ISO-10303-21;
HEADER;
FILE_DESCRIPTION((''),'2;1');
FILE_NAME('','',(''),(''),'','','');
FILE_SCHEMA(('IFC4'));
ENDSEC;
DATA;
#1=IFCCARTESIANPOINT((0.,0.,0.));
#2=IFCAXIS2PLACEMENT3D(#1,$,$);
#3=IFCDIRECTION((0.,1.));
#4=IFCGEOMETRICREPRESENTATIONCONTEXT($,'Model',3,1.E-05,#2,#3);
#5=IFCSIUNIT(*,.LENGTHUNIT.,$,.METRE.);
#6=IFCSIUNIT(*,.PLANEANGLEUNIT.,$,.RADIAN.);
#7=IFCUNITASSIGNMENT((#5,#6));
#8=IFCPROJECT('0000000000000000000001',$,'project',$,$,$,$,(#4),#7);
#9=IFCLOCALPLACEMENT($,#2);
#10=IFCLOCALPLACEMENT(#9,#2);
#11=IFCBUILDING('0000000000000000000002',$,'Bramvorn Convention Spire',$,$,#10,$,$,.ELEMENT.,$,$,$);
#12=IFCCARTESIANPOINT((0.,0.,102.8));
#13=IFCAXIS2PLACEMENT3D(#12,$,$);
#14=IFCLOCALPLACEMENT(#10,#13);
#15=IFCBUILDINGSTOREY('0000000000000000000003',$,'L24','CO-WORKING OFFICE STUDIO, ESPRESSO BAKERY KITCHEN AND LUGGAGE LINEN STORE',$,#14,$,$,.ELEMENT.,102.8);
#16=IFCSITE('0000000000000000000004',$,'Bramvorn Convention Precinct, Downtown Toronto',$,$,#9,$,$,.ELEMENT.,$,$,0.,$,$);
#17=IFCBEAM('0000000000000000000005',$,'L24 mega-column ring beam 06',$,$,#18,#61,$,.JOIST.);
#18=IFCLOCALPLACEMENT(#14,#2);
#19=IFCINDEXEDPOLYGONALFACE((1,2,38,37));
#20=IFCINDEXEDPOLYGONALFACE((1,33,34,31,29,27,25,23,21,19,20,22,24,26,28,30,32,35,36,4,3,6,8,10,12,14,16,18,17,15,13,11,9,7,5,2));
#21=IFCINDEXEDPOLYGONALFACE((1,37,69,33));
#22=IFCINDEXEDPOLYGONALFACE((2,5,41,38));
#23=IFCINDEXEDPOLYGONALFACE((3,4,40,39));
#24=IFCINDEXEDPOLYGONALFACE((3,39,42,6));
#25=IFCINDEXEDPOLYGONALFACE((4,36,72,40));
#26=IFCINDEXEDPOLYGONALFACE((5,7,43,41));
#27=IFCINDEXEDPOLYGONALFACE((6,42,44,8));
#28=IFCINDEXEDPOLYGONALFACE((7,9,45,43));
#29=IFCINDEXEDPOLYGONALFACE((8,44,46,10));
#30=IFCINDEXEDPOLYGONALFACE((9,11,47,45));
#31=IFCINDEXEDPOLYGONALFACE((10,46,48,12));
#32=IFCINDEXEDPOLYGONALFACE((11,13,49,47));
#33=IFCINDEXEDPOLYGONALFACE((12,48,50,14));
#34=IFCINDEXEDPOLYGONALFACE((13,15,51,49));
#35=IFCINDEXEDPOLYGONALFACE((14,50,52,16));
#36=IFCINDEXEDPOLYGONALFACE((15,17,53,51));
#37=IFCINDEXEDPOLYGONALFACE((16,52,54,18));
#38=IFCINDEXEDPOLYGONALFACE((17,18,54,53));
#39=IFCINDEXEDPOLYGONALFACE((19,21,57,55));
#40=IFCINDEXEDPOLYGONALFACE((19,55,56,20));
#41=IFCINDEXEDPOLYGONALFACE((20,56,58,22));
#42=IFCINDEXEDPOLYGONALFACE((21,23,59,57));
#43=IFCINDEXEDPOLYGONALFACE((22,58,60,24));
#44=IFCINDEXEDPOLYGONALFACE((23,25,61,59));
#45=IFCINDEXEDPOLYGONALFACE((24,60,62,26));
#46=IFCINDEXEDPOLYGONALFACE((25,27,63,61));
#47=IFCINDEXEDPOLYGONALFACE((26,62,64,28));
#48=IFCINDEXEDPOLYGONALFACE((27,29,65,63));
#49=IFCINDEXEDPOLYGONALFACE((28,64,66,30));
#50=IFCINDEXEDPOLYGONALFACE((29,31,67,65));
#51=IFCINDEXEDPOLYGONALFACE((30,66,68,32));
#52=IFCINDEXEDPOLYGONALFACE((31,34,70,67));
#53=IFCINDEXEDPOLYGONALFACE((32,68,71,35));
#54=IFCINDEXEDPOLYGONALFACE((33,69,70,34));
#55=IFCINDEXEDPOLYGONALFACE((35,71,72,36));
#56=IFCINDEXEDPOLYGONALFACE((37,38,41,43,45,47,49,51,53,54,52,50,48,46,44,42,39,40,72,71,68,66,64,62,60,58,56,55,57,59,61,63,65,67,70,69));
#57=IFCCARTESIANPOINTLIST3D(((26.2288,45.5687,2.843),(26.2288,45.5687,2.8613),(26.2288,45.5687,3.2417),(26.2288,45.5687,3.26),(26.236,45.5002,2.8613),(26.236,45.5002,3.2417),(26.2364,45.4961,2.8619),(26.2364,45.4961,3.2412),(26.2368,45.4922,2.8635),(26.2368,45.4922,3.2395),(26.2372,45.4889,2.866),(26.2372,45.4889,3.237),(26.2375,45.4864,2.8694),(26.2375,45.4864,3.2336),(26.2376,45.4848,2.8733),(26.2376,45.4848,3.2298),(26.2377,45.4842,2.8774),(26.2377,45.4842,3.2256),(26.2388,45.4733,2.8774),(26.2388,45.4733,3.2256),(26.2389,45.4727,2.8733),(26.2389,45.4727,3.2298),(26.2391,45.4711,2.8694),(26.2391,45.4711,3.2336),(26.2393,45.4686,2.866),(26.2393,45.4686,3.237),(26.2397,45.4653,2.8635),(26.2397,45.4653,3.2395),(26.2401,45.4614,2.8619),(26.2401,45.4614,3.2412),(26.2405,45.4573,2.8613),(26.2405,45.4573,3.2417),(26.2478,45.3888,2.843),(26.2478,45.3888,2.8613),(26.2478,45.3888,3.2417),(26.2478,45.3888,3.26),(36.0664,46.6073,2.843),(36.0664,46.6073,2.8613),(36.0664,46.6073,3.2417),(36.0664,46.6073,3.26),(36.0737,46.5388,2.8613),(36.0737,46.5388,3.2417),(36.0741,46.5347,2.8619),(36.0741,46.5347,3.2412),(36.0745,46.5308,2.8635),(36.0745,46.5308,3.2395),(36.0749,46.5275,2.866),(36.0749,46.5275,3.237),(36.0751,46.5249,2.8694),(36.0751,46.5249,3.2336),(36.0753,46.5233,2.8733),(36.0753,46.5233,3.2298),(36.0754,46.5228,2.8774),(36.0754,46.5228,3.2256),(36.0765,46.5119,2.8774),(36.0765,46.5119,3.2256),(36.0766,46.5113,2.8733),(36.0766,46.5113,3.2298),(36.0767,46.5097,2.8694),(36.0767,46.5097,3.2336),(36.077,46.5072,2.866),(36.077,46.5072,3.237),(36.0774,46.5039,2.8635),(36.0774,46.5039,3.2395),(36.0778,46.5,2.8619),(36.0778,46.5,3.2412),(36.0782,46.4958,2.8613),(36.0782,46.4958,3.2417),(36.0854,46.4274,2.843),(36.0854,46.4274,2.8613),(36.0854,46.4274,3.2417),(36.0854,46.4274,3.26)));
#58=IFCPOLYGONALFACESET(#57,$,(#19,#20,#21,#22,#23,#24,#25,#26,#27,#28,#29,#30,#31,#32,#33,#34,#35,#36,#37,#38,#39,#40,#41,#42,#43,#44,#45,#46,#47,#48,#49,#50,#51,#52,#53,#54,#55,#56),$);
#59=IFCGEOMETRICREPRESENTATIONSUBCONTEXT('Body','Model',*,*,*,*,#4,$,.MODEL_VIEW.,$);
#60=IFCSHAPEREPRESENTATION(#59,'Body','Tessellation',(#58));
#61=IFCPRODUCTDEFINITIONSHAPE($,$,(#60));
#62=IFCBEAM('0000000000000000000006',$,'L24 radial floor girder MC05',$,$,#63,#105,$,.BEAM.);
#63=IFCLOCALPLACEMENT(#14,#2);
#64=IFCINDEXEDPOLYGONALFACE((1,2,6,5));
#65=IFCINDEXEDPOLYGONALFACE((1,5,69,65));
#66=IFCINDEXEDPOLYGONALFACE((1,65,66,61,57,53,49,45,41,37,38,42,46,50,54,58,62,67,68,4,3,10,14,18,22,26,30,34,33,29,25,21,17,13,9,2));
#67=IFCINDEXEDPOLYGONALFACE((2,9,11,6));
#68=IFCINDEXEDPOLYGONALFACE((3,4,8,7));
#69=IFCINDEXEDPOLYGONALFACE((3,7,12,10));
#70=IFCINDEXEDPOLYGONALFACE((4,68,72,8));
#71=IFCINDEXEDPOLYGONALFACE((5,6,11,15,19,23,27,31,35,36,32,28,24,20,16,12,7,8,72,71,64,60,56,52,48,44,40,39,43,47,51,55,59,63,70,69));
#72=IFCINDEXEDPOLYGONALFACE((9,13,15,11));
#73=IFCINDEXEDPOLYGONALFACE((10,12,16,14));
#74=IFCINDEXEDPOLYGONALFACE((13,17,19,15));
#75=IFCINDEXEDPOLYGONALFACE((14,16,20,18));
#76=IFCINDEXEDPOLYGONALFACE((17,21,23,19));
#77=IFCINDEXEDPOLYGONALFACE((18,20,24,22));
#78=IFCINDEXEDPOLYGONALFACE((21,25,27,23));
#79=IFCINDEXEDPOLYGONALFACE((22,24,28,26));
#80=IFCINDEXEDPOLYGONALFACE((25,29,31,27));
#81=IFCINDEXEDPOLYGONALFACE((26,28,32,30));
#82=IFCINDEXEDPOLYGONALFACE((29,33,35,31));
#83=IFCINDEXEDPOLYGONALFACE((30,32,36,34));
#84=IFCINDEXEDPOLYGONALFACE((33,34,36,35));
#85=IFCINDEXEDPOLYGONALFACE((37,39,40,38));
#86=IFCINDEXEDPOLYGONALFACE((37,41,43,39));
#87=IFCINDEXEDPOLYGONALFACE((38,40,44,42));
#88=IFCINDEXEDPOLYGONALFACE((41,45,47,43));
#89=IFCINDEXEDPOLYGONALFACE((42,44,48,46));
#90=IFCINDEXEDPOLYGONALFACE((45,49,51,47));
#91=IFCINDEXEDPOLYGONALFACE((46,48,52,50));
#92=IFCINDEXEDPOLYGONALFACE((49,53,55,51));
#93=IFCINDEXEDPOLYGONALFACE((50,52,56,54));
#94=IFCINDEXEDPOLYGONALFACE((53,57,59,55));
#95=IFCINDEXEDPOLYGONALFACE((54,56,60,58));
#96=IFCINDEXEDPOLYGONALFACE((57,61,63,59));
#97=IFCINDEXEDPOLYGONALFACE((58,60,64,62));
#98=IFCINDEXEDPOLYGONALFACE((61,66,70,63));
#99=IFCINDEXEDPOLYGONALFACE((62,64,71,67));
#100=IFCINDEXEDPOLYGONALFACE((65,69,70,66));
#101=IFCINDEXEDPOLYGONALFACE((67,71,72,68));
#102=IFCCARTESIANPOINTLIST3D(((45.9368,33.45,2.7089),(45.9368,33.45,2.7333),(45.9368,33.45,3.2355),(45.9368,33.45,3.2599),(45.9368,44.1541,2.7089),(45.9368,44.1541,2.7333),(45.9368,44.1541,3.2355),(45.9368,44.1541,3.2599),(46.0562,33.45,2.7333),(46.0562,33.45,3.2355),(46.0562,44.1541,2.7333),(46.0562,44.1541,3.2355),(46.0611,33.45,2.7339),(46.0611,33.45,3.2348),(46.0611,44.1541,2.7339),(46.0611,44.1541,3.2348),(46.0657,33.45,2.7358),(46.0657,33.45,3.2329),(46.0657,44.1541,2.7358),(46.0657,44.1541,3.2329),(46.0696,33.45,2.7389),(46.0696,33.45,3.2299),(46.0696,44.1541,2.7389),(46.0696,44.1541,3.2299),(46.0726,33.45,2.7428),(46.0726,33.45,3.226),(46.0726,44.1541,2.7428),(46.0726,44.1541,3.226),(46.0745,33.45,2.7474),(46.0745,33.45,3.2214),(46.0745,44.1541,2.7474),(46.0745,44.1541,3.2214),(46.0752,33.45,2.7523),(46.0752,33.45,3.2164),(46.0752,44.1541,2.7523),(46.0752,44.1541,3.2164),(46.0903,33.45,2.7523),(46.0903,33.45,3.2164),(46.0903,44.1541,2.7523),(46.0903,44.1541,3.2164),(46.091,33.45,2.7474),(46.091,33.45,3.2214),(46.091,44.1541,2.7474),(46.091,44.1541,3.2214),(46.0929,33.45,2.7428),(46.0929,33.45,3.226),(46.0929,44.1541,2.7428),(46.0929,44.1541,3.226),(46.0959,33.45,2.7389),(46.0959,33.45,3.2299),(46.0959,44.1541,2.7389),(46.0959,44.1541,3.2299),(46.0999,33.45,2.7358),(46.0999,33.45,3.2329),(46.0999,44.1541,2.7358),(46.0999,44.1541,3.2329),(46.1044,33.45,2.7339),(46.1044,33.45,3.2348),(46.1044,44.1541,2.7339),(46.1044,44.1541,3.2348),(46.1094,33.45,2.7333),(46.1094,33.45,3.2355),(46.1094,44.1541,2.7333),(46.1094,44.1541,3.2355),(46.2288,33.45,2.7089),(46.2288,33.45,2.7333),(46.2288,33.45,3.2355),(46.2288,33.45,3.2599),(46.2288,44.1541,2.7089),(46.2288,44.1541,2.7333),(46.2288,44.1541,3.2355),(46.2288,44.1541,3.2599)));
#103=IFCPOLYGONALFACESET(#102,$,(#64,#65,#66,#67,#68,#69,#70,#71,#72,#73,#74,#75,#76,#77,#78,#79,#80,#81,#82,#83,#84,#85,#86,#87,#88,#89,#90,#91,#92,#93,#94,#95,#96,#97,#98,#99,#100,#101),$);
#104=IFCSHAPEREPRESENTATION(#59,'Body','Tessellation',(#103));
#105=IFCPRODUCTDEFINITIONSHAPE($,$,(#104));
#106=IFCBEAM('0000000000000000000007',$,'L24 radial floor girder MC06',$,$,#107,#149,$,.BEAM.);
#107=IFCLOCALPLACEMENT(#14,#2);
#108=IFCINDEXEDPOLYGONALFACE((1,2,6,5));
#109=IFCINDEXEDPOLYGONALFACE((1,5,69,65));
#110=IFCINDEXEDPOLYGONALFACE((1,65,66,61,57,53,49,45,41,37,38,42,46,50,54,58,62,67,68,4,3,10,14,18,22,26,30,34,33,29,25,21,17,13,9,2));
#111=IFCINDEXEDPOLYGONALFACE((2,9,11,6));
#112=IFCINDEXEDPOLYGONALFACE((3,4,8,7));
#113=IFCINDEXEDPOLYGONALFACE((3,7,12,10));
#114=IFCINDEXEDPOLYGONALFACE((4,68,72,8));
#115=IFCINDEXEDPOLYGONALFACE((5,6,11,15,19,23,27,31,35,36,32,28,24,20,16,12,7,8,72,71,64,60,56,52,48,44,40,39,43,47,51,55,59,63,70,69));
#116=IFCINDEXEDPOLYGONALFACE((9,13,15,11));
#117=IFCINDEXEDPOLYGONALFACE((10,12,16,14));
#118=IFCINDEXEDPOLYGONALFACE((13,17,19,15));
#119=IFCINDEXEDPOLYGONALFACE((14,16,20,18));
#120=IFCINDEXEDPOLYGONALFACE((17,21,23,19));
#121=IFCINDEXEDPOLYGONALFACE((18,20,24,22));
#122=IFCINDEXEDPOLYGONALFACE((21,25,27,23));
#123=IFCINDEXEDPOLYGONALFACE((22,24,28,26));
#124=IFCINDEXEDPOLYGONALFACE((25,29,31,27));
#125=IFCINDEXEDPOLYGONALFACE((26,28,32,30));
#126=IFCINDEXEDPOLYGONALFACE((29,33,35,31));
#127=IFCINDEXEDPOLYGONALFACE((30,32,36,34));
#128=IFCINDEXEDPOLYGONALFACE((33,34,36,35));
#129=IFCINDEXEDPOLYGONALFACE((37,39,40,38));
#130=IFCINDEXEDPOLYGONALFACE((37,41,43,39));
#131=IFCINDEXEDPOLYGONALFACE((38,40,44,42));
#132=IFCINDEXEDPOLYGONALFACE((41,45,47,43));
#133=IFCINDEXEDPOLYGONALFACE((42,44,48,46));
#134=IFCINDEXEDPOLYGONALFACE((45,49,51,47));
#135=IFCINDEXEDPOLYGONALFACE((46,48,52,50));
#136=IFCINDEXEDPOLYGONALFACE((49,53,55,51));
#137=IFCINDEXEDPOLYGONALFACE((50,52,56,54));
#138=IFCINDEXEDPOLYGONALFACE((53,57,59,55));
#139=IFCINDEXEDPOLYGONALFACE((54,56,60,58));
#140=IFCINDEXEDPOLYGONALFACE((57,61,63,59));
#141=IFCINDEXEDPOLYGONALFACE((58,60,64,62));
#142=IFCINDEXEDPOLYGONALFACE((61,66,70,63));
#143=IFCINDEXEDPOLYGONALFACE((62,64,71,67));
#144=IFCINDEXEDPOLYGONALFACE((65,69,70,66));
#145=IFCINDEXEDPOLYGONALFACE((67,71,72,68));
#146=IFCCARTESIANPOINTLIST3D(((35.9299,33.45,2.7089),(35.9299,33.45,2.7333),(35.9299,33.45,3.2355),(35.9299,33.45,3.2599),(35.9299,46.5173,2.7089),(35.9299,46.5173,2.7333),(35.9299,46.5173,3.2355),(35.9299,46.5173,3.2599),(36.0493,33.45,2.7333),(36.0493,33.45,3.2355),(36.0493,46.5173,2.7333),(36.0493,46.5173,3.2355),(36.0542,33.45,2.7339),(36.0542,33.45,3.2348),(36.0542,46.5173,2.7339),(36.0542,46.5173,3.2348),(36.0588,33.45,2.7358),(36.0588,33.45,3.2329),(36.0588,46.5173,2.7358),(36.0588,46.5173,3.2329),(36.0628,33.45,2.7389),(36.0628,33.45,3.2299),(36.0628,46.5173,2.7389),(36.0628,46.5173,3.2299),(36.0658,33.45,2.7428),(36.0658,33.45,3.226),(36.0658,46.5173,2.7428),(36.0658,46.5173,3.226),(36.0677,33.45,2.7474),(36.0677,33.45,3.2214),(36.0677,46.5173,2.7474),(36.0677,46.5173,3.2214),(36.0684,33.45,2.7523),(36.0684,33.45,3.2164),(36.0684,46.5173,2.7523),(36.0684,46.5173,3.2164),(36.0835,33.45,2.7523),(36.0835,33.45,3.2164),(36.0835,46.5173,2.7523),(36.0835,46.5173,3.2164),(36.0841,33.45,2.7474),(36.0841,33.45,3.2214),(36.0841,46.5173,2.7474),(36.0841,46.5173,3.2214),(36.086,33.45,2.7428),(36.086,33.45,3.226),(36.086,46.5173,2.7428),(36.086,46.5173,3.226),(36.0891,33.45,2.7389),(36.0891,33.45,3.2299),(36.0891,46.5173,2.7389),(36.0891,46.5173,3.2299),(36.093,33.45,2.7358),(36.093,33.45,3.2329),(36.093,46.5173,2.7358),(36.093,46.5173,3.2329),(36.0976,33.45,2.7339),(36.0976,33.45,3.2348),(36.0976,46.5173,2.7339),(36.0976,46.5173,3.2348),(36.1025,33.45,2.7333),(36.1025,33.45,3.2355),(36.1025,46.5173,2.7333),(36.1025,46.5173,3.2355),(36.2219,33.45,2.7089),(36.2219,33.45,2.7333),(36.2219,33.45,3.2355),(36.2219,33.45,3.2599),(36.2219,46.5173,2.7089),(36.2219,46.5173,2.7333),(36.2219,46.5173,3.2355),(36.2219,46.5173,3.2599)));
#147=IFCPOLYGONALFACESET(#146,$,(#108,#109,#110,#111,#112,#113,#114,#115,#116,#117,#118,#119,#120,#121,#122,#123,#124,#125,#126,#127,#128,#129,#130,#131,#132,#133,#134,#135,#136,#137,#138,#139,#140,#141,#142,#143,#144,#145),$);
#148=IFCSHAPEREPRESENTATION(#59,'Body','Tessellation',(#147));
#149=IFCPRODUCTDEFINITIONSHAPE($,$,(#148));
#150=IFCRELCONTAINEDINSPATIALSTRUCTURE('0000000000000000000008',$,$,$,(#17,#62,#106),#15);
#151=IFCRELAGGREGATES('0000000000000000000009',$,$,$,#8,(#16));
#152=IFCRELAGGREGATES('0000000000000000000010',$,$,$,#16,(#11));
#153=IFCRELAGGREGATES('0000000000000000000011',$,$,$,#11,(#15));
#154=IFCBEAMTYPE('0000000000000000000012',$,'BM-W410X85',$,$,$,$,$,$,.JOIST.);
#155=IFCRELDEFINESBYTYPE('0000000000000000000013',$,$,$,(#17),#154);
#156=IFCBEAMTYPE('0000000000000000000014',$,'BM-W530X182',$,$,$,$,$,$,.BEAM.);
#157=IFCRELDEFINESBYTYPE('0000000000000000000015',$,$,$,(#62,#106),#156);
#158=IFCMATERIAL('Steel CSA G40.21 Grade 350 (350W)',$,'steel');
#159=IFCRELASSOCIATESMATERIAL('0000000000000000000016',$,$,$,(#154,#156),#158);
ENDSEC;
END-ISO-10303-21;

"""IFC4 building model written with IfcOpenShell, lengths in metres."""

from ifc_helpers import new_model, si_unit, direction, frame, origin, origin_2d, place, context, subcontext, project, spatial, i_section, extrude, material, material_profile, profile_set, type_object, element, save


model = new_model("IFC4")

# Units and contexts
model_context = context("Model", 3, precision=1e-05, world=origin(), true_north=direction((0.0, 1.0)))
body_context = subcontext(model_context, "Body", "Model", "MODEL_VIEW")
ifc_project = project(units=[si_unit("LENGTHUNIT", "METRE"), si_unit("PLANEANGLEUNIT", "RADIAN")], contexts=[model_context])

# Site, building, storey
site_placement = place(None, origin())
site = spatial("IfcSite", under=ifc_project, at=site_placement, Name="Bramvorn Convention Precinct, Downtown Toronto", CompositionType="ELEMENT", RefElevation=0.0)
building_placement = place(site_placement, origin())
building = spatial("IfcBuilding", under=site, at=building_placement, Name="Bramvorn Convention Spire", CompositionType="ELEMENT")
storey_placement = place(building_placement, frame((0.0, 0.0, 102.8)))
storey = spatial("IfcBuildingStorey", under=building, at=storey_placement, Name="L24", Description="CO-WORKING OFFICE STUDIO, ESPRESSO BAKERY KITCHEN AND LUGGAGE LINEN STORE", CompositionType="ELEMENT", Elevation=102.8)

# Shared definitions
ifc_material_1 = material(Name="Steel CSA G40.21 Grade 350 (350W)", Category="steel")

# Beams
ifc_material_profile_1 = material_profile(ifc_material_1, i_section(OverallWidth=0.1809, OverallDepth=0.417, WebThickness=0.011, FlangeThickness=0.0183, FilletRadius=0.0161, at=origin_2d()))
ifc_profile_set_1 = profile_set([ifc_material_profile_1], Name="Steel CSA G40.21 Grade 350 (350W) - W410X85")
beam_type_1 = type_object("IfcBeamType", Name="BM-W410X85", PredefinedType="JOIST", material=ifc_profile_set_1)
beam_1_placement = place(storey_placement, frame((36.0759, 46.5173, 3.0515), z_axis=(-0.994473, -0.104988, 0.0), x_axis=(0.104988, -0.994473, 0.0)))
element("IfcBeam", 1, at=beam_1_placement, inside=storey, type_object=beam_type_1, Name="L24 mega-column ring beam 06", PredefinedType="JOIST", context=body_context, shape_type="SweptSolid", body=[
    extrude(i_section(OverallWidth=0.1809, OverallDepth=0.417, WebThickness=0.011, FlangeThickness=0.0183, FilletRadius=0.0161, at=origin_2d()), origin(), (0.0, 0.0, 1.0), 9.8923),
])
ifc_material_profile_2 = material_profile(ifc_material_1, i_section(OverallWidth=0.292, OverallDepth=0.551, WebThickness=0.0151, FlangeThickness=0.0244, FilletRadius=0.019, at=origin_2d()))
ifc_profile_set_2 = profile_set([ifc_material_profile_2], Name="Steel CSA G40.21 Grade 350 (350W) - W530X182")
beam_type_2 = type_object("IfcBeamType", Name="BM-W530X182", PredefinedType="BEAM", material=ifc_profile_set_2)
beam_2_placement = place(storey_placement, frame((46.0828, 33.45, 2.9844), z_axis=(0.0, 1.0, 0.0), x_axis=(-1.0, 0.0, 0.0)))
element("IfcBeam", 2, at=beam_2_placement, inside=storey, type_object=beam_type_2, Name="L24 radial floor girder MC05", PredefinedType="BEAM", context=body_context, shape_type="SweptSolid", body=[
    extrude(i_section(OverallWidth=0.292, OverallDepth=0.551, WebThickness=0.0151, FlangeThickness=0.0244, FilletRadius=0.019, at=origin_2d()), origin(), (0.0, 0.0, 1.0), 10.7041),
])
beam_3_placement = place(storey_placement, frame((36.0759, 33.45, 2.9844), z_axis=(0.0, 1.0, 0.0), x_axis=(-1.0, 0.0, 0.0)))
element("IfcBeam", 3, at=beam_3_placement, inside=storey, type_object=beam_type_2, Name="L24 radial floor girder MC06", PredefinedType="BEAM", context=body_context, shape_type="SweptSolid", body=[
    extrude(i_section(OverallWidth=0.292, OverallDepth=0.551, WebThickness=0.0151, FlangeThickness=0.0244, FilletRadius=0.019, at=origin_2d()), origin(), (0.0, 0.0, 1.0), 13.0674),
])

save(model, "model.ifc")
